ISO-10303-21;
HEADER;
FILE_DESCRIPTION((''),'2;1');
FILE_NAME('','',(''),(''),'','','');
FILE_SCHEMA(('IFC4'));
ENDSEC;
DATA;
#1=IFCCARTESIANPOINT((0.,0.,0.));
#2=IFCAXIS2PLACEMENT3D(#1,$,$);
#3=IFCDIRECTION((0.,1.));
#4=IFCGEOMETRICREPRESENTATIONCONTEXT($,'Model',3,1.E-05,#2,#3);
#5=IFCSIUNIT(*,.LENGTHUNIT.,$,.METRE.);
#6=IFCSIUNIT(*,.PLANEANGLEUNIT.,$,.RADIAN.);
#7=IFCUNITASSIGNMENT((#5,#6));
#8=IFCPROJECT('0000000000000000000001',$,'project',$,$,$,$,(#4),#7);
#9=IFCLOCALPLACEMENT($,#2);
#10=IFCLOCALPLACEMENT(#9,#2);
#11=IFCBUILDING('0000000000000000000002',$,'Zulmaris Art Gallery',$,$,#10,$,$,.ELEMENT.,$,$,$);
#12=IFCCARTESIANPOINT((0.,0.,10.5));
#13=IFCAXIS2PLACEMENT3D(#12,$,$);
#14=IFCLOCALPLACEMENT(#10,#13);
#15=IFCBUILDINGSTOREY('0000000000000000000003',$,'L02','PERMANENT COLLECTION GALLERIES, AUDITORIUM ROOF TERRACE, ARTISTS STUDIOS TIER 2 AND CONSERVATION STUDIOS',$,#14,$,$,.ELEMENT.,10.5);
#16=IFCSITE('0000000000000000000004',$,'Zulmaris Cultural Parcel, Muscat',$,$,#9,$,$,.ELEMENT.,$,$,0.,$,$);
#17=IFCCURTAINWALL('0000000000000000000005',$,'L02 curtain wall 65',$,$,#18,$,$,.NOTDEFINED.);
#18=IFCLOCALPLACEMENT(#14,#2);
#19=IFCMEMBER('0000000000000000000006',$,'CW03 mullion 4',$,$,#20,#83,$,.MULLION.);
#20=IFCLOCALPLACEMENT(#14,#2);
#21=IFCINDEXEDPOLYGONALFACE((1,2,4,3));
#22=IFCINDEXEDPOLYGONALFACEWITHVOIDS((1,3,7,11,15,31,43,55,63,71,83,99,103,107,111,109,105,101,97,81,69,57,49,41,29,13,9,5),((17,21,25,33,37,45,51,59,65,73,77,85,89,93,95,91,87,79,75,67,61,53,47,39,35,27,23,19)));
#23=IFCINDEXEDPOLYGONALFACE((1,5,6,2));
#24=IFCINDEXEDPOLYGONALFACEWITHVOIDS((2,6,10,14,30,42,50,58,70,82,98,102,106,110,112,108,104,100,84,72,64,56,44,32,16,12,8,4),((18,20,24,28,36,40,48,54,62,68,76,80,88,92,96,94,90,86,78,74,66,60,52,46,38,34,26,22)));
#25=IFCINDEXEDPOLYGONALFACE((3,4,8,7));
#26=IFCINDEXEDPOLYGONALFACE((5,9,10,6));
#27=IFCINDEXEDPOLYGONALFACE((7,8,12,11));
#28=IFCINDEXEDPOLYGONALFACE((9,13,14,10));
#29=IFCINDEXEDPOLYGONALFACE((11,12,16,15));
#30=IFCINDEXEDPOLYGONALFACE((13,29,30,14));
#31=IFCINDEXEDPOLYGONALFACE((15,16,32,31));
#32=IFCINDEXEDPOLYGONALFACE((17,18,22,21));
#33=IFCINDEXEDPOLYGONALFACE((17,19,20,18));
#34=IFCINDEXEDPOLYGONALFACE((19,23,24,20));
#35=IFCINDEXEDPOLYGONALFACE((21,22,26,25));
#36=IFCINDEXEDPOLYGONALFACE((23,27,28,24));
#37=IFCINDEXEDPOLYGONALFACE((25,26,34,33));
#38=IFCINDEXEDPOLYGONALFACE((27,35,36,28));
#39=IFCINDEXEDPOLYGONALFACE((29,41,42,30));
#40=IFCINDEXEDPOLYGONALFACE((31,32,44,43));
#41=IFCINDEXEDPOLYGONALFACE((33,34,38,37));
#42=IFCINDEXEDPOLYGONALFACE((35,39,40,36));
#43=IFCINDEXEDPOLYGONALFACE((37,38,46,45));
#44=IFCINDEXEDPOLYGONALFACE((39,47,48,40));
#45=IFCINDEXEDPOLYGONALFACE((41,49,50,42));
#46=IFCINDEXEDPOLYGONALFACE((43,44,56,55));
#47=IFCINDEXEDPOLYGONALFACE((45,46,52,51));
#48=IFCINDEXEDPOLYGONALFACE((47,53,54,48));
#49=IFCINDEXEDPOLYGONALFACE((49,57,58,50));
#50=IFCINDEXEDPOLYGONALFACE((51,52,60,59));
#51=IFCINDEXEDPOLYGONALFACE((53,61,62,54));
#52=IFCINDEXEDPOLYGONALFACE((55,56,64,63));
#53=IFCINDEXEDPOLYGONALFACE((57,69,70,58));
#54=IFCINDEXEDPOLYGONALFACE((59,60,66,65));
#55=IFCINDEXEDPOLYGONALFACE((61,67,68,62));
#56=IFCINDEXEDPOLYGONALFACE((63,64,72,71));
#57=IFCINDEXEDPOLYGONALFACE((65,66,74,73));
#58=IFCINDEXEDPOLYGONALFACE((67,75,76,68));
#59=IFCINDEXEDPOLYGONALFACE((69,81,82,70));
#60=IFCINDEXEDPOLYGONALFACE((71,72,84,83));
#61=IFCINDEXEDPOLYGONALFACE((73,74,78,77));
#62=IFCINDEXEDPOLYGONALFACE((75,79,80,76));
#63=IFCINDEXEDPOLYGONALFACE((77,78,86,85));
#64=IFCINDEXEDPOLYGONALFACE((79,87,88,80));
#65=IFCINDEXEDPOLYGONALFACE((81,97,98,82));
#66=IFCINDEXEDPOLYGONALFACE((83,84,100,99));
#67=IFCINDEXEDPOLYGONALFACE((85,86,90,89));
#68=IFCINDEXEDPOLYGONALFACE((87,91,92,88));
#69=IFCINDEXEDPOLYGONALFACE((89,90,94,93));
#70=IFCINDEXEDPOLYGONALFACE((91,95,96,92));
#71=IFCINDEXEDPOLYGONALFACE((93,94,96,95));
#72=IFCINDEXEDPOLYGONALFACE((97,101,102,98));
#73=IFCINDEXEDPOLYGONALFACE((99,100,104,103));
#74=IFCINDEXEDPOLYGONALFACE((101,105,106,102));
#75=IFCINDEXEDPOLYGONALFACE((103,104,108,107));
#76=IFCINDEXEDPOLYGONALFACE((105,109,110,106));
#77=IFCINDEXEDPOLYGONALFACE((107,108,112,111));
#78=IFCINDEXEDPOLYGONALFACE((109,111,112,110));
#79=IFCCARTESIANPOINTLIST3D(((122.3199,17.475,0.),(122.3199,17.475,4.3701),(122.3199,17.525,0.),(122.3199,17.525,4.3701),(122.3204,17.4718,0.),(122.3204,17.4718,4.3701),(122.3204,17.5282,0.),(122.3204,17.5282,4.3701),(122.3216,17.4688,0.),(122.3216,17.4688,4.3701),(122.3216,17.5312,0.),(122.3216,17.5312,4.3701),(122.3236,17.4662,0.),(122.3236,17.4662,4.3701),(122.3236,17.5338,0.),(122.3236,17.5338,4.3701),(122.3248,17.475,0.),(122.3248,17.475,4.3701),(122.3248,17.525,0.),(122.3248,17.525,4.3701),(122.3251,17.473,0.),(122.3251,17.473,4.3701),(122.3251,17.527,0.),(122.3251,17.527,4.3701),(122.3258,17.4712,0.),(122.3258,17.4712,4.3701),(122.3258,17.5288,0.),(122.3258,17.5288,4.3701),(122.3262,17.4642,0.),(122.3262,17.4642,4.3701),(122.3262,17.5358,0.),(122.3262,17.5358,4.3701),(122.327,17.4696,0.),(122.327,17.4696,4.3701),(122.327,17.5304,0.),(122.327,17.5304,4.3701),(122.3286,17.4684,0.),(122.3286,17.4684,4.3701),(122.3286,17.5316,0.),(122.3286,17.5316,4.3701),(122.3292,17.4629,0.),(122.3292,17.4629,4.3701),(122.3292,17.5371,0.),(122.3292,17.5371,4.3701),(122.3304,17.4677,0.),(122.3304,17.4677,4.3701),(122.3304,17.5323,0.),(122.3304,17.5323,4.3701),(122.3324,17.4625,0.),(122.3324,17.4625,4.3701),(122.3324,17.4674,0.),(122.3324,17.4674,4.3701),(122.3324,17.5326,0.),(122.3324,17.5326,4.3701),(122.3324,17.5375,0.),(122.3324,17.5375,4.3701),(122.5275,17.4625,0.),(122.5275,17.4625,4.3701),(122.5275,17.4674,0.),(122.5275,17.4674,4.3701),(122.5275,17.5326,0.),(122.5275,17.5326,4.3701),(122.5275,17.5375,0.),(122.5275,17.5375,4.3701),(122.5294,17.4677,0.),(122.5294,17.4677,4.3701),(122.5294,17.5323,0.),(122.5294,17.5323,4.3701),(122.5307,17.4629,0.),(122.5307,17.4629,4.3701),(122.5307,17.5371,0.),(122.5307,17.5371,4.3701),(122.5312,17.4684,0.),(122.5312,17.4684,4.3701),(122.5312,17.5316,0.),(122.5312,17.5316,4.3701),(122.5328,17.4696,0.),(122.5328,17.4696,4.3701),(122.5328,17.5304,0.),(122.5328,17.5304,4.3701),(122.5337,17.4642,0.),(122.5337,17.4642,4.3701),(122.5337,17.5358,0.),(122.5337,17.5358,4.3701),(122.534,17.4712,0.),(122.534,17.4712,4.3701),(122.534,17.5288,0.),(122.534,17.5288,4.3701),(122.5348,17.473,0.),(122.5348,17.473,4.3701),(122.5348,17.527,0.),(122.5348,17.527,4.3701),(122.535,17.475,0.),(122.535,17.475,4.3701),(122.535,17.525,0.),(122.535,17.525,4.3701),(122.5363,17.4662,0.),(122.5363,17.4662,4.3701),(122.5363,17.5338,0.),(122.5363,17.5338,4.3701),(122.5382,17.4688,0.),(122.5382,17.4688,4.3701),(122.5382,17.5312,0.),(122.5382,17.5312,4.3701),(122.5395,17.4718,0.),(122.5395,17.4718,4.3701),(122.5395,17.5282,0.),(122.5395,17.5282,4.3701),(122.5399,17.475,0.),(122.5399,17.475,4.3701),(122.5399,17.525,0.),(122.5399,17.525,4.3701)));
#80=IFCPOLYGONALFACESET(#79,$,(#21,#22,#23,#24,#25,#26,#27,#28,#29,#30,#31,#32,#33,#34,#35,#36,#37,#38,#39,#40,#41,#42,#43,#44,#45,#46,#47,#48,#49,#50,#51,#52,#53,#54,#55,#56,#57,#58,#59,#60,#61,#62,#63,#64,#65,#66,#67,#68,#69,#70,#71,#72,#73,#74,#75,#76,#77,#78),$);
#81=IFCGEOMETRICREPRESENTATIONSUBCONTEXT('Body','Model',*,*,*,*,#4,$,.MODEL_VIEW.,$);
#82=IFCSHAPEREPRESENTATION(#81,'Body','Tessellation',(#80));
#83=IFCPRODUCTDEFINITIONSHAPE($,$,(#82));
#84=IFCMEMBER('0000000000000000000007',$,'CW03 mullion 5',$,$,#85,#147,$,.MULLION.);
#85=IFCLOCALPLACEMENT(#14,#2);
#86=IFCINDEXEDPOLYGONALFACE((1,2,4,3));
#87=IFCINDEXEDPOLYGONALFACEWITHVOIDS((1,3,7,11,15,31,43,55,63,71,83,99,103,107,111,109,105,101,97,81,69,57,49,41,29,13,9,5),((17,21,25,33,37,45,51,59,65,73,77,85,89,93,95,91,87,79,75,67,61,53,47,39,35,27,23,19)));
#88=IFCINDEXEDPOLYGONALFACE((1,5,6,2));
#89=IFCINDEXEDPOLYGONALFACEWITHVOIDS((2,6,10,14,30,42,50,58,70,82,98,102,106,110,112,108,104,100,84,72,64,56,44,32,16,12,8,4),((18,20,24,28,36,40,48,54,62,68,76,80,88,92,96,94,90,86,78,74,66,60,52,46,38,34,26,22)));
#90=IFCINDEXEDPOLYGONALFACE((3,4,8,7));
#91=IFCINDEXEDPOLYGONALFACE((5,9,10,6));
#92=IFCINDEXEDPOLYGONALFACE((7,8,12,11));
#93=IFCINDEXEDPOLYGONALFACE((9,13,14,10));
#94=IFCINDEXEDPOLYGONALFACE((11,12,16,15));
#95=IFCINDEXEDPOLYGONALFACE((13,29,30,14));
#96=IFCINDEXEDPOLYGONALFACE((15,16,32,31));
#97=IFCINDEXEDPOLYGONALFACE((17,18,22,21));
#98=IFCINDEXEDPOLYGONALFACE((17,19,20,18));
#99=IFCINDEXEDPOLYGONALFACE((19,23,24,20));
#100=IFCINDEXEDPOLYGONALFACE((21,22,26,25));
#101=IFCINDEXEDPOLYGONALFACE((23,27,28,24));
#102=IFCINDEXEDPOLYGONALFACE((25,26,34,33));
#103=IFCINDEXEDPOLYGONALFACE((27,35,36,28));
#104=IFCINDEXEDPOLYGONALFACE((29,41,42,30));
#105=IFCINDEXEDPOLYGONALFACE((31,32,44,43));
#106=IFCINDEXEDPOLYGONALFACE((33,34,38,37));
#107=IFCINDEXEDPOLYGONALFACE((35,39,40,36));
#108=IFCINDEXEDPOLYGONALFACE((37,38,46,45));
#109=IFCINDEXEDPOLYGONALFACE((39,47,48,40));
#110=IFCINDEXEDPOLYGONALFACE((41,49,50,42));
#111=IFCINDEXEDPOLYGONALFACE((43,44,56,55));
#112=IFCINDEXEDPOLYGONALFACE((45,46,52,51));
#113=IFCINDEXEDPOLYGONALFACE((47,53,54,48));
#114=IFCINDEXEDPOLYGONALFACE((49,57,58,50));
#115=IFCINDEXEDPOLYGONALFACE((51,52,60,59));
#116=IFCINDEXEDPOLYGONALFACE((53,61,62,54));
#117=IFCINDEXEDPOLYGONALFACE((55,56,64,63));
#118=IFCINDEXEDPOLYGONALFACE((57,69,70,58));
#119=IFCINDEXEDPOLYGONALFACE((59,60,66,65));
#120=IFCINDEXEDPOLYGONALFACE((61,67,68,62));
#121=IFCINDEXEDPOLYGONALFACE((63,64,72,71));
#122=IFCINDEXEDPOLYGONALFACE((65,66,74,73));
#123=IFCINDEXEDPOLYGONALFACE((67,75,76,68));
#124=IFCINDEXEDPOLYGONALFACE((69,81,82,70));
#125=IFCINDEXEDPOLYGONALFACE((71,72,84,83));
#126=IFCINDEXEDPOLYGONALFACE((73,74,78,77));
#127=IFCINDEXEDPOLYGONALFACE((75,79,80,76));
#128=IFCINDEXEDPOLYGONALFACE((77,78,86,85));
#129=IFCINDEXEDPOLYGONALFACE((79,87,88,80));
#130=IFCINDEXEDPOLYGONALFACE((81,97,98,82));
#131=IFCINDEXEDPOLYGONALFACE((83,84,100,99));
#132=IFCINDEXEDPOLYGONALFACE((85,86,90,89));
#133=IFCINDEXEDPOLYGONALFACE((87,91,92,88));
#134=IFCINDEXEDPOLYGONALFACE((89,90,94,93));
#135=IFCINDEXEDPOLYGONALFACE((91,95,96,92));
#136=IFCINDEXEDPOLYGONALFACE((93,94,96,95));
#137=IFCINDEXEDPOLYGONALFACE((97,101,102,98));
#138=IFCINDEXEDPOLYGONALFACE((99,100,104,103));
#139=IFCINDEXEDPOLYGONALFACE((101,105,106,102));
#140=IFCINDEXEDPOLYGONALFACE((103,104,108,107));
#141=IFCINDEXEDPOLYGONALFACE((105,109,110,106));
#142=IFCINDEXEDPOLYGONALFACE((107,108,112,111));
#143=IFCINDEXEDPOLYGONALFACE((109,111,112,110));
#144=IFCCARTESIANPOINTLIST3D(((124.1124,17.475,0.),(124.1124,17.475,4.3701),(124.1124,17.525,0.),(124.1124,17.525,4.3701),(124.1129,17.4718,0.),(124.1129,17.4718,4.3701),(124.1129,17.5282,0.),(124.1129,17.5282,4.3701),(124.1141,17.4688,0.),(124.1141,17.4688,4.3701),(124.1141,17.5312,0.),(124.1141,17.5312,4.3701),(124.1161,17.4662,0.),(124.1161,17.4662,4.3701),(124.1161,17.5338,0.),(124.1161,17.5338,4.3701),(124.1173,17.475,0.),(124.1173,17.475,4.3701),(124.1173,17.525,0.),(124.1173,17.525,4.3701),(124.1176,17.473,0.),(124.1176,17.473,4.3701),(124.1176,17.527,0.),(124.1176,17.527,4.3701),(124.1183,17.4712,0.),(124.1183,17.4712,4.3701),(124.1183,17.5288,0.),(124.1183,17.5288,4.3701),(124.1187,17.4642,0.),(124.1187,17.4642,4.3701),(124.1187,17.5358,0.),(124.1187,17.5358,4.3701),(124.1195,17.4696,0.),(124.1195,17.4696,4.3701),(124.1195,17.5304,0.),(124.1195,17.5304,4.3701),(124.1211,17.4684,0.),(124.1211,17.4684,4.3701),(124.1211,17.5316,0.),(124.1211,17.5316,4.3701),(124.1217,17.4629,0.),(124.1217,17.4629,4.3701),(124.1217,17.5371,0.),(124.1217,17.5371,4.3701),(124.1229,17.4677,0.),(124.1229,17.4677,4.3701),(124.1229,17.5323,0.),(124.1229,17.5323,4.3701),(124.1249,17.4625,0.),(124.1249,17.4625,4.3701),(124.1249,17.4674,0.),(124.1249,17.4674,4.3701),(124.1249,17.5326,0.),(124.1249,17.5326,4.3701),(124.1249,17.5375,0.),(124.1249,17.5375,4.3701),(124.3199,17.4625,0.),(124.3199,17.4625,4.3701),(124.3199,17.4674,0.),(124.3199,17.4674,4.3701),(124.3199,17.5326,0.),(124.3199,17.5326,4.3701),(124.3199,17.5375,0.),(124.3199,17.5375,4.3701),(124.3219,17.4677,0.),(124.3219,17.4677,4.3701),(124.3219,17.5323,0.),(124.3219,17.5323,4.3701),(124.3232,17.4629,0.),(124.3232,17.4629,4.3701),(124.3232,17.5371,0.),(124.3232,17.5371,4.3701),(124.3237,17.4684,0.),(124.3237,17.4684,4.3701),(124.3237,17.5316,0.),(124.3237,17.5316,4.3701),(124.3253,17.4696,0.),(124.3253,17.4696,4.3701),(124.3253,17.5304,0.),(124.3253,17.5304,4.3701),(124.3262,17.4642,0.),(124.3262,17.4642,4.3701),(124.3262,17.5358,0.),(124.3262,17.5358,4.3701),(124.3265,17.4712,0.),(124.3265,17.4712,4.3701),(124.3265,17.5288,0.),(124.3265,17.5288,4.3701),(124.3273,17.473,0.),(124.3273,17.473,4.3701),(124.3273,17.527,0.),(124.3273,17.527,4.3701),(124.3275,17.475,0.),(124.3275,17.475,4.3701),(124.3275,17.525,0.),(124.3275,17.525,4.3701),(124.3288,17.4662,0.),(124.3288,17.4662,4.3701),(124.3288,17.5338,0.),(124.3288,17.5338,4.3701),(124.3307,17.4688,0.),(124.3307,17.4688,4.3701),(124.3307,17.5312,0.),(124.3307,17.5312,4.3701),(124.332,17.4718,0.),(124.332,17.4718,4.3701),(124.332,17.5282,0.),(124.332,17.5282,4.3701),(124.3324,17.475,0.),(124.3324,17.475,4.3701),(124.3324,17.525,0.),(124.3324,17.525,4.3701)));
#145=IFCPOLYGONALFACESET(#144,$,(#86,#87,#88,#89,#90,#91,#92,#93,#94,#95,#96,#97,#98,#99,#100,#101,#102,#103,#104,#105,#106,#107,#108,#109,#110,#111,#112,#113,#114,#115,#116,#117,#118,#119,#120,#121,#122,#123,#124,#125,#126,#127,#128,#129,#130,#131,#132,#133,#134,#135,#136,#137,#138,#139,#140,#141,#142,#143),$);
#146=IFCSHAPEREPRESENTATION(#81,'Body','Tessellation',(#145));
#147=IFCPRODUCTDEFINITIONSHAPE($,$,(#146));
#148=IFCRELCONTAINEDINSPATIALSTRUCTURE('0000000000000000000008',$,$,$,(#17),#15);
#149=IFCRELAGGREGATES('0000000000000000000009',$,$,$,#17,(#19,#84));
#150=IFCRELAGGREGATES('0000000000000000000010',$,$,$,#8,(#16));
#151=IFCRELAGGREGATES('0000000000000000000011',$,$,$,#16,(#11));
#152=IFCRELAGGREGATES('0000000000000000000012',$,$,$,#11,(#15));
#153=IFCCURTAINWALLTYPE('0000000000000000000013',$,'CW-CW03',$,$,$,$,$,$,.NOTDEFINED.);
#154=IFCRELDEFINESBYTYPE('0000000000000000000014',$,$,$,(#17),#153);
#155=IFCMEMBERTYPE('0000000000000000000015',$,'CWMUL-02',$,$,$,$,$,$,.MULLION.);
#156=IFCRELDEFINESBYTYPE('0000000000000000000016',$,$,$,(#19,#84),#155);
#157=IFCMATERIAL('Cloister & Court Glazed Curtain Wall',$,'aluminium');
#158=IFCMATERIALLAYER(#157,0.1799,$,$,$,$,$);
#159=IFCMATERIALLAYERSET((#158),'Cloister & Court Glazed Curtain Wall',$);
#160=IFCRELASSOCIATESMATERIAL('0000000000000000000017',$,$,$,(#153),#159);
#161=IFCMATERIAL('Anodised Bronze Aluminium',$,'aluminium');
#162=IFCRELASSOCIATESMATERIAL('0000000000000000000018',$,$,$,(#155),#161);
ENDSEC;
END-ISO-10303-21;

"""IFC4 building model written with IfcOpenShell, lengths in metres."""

from ifc_helpers import new_model, si_unit, direction, frame, origin, origin_2d, place, context, subcontext, project, spatial, hollow_rectangle, extrude, material, layer, layer_set, material_profile, profile_set, type_object, element, aggregate, save


model = new_model("IFC4")

# Units and contexts
model_context = context("Model", 3, precision=1e-05, world=origin(), true_north=direction((0.0, 1.0)))
body_context = subcontext(model_context, "Body", "Model", "MODEL_VIEW")
ifc_project = project(units=[si_unit("LENGTHUNIT", "METRE"), si_unit("PLANEANGLEUNIT", "RADIAN")], contexts=[model_context])

# Site, building, storey
site_placement = place(None, origin())
site = spatial("IfcSite", under=ifc_project, at=site_placement, Name="Zulmaris Cultural Parcel, Muscat", CompositionType="ELEMENT", RefElevation=0.0)
building_placement = place(site_placement, origin())
building = spatial("IfcBuilding", under=site, at=building_placement, Name="Zulmaris Art Gallery", CompositionType="ELEMENT")
storey_placement = place(building_placement, frame((0.0, 0.0, 10.5)))
storey = spatial("IfcBuildingStorey", under=building, at=storey_placement, Name="L02", Description="PERMANENT COLLECTION GALLERIES, AUDITORIUM ROOF TERRACE, ARTISTS STUDIOS TIER 2 AND CONSERVATION STUDIOS", CompositionType="ELEMENT", Elevation=10.5)

# Curtain wall, members
ifc_material_1 = material(Name="Cloister & Court Glazed Curtain Wall", Category="aluminium")
ifc_layer_1 = layer(ifc_material_1, 0.1799)
ifc_layer_set_1 = layer_set([ifc_layer_1], Name="Cloister & Court Glazed Curtain Wall")
curtain_wall_type = type_object("IfcCurtainWallType", Name="CW-CW03", PredefinedType="NOTDEFINED", material=ifc_layer_set_1)
curtain_wall_1_placement = place(storey_placement, origin())
curtain_wall_1 = element("IfcCurtainWall", 1, at=curtain_wall_1_placement, inside=storey, type_object=curtain_wall_type, Name="L02 curtain wall 65", PredefinedType="NOTDEFINED")
ifc_material_2 = material(Name="Anodised Bronze Aluminium", Category="aluminium")
ifc_material_profile_1 = material_profile(ifc_material_2, hollow_rectangle(XDim=0.075, YDim=0.22, WallThickness=0.0049, InnerFilletRadius=0.0076, OuterFilletRadius=0.0125, at=origin_2d()), Name="ALU 75x220x5")
ifc_profile_set_1 = profile_set([ifc_material_profile_1], Name="Anodised Bronze Aluminium")
member_type_1 = type_object("IfcMemberType", Name="CWMUL-02", PredefinedType="MULLION", material=ifc_profile_set_1)
member_1_placement = place(storey_placement, frame((122.4299, 17.5, 0.0), z_axis=(0.0, 0.0, 1.0), x_axis=(0.0, 1.0, 0.0)))
member_1 = element("IfcMember", 2, at=member_1_placement, type_object=member_type_1, Name="CW03 mullion 4", PredefinedType="MULLION", context=body_context, shape_type="SweptSolid", body=[
    extrude(hollow_rectangle(XDim=0.075, YDim=0.22, WallThickness=0.0049, InnerFilletRadius=0.0076, OuterFilletRadius=0.0125, at=origin_2d()), origin(), (0.0, 0.0, 1.0), 4.3701),
])
member_2_placement = place(storey_placement, frame((124.2224, 17.5, 0.0), z_axis=(0.0, 0.0, 1.0), x_axis=(0.0, 1.0, 0.0)))
member_2 = element("IfcMember", 3, at=member_2_placement, type_object=member_type_1, Name="CW03 mullion 5", PredefinedType="MULLION", context=body_context, shape_type="SweptSolid", body=[
    extrude(hollow_rectangle(XDim=0.075, YDim=0.22, WallThickness=0.0049, InnerFilletRadius=0.0076, OuterFilletRadius=0.0125, at=origin_2d()), origin(), (0.0, 0.0, 1.0), 4.3701),
])

aggregate(curtain_wall_1, [member_1, member_2])

save(model, "model.ifc")
